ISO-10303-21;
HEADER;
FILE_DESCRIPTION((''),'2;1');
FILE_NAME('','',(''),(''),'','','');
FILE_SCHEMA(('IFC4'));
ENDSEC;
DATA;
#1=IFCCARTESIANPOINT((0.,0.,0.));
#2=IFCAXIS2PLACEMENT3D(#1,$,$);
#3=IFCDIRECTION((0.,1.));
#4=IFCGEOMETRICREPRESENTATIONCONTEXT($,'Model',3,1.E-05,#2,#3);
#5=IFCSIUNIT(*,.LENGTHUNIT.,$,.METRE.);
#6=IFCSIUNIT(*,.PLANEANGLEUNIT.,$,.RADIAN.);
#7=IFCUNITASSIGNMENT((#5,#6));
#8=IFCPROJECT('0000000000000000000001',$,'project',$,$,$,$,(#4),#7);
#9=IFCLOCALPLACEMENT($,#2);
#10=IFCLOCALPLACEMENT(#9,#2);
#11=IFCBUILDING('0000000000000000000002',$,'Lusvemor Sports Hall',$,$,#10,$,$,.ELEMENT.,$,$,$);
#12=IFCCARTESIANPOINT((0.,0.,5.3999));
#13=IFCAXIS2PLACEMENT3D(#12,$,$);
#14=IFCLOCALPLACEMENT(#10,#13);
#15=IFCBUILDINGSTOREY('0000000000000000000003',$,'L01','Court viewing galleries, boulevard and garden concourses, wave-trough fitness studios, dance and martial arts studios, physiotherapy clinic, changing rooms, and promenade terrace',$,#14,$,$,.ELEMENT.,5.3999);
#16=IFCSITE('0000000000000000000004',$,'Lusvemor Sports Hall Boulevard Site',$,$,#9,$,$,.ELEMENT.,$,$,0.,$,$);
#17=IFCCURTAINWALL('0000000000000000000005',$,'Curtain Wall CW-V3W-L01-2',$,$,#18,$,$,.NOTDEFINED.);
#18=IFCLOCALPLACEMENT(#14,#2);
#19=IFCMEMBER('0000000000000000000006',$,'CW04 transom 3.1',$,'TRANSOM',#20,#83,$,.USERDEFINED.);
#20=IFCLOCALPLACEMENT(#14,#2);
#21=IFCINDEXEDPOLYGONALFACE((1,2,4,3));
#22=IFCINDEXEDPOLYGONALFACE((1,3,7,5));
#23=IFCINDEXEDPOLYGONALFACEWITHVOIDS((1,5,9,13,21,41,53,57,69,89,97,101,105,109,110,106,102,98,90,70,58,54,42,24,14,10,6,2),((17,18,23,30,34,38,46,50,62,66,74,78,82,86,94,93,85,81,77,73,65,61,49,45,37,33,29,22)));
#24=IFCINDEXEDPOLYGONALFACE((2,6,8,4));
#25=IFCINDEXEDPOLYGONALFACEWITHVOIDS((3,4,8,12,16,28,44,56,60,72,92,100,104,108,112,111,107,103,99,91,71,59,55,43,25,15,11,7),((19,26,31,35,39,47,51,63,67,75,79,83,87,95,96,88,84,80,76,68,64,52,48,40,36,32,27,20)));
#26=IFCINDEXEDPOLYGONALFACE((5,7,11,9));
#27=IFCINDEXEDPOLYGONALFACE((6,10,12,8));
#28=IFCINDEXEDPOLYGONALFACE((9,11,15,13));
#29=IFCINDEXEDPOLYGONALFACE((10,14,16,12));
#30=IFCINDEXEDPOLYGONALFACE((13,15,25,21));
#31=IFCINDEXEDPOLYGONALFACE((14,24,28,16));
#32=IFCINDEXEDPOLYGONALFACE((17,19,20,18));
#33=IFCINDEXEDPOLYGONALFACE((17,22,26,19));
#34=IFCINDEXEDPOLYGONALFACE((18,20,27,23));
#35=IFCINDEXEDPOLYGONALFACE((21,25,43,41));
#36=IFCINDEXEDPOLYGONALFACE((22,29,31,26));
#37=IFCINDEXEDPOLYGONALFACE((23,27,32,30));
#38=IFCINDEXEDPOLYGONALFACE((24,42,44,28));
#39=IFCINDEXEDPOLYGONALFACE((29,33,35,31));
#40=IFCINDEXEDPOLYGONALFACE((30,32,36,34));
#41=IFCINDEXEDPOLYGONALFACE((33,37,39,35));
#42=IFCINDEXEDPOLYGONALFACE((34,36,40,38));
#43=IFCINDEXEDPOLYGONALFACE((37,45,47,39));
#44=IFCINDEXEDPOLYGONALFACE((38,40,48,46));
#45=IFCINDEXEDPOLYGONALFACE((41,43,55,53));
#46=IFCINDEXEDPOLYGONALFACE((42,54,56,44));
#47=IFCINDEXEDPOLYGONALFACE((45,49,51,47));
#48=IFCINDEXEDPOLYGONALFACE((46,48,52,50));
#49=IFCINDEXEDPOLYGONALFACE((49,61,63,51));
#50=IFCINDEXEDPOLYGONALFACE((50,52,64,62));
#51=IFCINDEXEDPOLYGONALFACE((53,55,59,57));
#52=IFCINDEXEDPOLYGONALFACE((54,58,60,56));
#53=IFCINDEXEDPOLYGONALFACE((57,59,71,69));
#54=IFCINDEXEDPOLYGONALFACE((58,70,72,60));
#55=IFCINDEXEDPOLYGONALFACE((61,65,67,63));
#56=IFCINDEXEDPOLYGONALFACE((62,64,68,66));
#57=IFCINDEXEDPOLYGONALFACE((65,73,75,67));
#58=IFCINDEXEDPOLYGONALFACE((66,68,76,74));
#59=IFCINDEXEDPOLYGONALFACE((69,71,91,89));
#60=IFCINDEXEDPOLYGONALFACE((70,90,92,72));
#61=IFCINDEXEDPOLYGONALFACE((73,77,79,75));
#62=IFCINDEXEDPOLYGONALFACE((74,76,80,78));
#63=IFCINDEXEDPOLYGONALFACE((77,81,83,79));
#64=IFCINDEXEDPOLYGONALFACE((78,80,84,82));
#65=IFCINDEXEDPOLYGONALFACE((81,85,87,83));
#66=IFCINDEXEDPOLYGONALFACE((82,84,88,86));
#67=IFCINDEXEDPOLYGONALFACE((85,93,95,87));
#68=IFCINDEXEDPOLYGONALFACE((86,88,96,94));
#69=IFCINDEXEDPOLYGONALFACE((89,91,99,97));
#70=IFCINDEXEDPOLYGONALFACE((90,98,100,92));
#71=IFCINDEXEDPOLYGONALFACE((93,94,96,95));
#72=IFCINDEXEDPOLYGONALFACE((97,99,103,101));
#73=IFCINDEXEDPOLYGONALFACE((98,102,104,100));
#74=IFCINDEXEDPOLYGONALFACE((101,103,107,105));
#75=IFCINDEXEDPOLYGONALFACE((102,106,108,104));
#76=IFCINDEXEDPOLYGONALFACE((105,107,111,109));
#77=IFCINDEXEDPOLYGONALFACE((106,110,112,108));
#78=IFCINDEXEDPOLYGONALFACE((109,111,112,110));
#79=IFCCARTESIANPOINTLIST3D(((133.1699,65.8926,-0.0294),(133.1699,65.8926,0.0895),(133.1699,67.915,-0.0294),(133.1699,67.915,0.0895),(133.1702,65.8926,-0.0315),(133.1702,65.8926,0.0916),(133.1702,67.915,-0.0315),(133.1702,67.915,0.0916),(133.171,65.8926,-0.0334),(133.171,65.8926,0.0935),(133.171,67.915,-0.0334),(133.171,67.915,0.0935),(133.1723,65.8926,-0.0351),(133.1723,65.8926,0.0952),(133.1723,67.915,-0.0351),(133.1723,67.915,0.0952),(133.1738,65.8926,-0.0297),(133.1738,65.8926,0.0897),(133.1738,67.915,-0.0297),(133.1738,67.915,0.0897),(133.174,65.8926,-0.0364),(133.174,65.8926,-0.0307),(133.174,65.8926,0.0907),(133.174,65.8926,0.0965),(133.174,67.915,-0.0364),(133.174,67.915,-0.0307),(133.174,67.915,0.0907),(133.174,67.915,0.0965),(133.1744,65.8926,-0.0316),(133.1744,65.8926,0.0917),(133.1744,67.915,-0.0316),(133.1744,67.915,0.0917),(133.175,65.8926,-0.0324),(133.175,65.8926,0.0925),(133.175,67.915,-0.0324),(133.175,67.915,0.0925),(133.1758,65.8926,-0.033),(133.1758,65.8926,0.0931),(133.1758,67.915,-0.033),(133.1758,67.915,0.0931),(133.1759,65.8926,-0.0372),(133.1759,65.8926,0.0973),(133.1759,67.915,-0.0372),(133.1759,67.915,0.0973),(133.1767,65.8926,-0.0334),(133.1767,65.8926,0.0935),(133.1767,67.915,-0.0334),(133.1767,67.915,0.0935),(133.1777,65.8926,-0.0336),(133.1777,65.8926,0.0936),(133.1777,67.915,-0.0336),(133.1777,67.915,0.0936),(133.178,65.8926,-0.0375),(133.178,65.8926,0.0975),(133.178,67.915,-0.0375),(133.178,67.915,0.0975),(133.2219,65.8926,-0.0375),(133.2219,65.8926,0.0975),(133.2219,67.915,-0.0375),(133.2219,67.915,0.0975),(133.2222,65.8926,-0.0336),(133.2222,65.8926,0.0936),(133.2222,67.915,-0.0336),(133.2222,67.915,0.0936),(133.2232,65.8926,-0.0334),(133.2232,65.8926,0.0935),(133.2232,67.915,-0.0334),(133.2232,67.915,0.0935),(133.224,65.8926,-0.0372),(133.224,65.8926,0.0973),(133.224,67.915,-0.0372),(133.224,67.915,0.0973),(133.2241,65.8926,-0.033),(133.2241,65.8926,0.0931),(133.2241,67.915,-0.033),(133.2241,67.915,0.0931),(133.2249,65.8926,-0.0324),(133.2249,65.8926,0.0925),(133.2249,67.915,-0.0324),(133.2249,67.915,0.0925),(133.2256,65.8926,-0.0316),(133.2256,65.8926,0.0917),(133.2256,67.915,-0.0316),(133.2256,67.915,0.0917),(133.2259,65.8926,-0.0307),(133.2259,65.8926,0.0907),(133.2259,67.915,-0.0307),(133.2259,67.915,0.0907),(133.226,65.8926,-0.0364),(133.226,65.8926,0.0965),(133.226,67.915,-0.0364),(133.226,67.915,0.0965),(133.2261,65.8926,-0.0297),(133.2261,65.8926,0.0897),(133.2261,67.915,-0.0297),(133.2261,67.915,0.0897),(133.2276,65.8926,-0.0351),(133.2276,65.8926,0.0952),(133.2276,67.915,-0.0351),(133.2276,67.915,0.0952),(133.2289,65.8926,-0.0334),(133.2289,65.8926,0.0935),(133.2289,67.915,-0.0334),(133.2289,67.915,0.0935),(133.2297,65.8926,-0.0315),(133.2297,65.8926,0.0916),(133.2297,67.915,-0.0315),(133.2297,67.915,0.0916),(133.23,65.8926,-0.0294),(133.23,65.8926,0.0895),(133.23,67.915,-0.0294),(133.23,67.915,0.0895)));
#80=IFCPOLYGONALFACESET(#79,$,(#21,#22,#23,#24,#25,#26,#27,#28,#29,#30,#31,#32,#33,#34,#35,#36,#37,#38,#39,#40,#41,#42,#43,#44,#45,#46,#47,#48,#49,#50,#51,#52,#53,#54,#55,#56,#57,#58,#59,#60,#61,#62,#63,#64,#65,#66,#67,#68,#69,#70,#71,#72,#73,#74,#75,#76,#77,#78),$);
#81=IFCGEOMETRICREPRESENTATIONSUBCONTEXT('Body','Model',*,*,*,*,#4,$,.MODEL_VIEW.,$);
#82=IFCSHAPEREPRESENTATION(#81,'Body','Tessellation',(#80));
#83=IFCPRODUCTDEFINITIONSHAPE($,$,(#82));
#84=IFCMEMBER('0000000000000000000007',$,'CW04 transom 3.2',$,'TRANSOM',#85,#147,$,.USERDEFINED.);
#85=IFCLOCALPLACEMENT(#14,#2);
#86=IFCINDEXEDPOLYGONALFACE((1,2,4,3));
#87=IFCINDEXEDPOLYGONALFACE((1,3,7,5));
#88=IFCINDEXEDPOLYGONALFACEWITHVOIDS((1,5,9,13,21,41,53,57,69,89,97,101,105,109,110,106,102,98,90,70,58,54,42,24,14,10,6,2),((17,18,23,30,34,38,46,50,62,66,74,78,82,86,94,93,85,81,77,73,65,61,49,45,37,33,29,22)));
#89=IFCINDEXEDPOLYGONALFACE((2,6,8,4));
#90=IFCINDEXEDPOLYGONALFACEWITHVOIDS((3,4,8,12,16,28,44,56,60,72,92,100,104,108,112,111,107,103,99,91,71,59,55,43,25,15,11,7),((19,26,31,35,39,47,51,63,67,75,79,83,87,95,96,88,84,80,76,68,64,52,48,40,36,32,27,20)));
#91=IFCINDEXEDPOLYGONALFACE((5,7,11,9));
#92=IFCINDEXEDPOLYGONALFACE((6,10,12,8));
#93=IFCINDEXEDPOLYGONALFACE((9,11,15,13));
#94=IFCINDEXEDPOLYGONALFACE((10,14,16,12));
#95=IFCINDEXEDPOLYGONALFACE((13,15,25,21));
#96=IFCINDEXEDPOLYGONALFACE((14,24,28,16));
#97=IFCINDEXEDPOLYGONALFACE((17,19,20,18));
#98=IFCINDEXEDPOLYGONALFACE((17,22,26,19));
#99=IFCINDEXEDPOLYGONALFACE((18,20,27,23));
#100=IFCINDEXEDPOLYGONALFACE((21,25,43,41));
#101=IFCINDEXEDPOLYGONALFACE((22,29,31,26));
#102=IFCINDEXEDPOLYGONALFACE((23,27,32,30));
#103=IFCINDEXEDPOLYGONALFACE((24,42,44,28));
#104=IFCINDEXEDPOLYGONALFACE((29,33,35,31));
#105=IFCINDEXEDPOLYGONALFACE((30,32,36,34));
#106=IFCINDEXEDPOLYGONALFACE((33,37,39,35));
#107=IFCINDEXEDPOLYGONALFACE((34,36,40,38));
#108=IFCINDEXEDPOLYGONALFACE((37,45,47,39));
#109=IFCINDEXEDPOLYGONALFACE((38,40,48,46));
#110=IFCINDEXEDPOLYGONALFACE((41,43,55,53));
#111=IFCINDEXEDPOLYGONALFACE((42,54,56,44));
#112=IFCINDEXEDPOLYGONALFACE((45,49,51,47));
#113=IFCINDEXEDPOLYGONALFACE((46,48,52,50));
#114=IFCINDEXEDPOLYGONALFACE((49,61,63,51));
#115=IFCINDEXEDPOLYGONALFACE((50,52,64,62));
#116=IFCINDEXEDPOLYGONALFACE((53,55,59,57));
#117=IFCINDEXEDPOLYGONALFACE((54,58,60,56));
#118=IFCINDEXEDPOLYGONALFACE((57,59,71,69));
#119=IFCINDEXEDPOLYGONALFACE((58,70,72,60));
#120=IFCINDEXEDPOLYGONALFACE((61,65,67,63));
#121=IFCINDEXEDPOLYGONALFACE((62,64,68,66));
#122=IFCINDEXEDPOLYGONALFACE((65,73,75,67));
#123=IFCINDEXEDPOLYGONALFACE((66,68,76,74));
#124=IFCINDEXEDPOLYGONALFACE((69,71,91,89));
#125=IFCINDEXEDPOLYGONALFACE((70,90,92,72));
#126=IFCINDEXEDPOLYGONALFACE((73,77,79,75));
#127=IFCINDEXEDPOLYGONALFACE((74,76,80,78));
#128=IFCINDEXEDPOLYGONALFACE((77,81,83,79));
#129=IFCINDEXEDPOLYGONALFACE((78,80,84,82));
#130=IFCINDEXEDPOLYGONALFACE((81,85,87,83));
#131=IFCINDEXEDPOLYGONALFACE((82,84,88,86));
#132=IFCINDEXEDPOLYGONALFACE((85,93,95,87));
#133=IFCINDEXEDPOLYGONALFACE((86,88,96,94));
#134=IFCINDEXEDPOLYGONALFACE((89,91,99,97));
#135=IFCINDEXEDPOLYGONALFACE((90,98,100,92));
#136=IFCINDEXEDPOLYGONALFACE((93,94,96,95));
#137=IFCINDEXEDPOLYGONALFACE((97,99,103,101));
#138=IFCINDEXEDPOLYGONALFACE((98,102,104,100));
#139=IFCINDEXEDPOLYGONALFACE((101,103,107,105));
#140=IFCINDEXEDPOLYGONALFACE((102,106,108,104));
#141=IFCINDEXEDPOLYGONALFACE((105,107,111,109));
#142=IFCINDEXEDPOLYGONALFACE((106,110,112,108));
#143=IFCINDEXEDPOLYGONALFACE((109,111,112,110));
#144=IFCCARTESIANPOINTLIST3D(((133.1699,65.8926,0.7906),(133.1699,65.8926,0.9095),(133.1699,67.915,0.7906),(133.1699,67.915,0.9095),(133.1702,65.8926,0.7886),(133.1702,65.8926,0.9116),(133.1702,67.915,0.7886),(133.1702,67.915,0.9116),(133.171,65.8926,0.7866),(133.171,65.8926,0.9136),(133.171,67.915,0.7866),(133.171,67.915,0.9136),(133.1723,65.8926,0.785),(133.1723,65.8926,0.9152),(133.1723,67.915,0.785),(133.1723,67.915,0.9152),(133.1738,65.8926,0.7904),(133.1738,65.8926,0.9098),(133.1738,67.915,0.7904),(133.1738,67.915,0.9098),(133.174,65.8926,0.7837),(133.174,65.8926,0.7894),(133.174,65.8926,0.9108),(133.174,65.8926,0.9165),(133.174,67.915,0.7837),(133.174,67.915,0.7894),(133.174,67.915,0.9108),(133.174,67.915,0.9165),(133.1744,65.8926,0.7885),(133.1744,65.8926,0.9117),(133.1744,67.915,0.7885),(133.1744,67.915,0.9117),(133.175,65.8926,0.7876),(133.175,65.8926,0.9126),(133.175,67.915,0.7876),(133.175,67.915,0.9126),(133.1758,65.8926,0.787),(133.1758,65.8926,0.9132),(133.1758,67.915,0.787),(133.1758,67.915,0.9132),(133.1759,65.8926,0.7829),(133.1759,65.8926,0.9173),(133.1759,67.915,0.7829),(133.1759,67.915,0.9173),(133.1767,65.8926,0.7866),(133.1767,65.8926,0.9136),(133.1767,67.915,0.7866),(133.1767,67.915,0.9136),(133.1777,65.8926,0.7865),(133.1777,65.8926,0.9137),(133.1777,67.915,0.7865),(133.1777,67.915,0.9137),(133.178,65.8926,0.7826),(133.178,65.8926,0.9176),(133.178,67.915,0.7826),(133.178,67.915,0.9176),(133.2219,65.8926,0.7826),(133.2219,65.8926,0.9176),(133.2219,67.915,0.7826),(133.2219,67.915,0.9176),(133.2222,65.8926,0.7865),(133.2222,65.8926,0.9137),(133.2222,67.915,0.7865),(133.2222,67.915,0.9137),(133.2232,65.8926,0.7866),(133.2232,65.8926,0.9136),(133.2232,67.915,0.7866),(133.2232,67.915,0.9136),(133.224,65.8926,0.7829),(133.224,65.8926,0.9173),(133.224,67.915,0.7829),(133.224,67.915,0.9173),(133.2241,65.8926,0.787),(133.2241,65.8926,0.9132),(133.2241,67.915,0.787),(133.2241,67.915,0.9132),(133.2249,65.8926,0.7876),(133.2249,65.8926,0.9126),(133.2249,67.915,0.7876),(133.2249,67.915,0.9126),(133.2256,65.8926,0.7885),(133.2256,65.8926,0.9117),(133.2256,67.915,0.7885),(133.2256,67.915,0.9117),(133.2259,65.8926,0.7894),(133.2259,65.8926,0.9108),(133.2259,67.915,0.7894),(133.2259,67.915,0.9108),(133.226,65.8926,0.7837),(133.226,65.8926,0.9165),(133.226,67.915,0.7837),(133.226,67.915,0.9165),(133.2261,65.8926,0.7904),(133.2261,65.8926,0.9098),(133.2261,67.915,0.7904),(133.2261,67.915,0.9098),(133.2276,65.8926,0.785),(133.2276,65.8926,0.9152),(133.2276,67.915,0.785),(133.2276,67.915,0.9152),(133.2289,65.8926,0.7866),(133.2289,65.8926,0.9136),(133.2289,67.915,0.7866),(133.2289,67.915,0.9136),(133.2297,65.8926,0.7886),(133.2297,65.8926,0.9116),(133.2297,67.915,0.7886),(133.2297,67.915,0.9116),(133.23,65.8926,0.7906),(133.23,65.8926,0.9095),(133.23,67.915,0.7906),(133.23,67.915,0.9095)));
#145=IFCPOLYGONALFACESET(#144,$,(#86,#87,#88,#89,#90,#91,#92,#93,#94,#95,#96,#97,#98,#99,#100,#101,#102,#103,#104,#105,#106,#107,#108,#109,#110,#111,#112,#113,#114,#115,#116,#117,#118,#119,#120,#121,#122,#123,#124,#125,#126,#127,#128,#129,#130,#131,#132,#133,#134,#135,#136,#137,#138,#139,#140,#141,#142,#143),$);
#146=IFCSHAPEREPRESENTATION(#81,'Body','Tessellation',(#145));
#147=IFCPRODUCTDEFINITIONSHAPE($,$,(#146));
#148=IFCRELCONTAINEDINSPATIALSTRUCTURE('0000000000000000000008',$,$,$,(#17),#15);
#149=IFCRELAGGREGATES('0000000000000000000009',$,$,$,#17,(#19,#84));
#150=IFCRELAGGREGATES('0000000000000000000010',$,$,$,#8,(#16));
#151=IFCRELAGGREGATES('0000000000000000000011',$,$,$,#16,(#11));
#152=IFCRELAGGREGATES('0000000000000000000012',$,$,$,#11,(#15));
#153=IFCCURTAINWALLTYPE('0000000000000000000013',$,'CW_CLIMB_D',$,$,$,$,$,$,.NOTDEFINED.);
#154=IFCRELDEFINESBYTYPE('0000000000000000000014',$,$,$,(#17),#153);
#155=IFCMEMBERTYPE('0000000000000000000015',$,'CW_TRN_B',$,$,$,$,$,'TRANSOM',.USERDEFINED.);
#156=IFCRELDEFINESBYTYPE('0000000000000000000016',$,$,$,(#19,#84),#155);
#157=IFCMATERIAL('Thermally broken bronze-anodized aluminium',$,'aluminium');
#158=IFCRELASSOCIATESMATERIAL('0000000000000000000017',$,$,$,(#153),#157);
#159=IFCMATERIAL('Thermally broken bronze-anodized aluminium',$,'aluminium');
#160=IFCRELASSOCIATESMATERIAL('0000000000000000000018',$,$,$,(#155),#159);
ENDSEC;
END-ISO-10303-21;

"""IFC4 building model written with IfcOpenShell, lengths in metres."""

from ifc_helpers import new_model, si_unit, direction, frame, origin, origin_2d, place, context, subcontext, project, spatial, hollow_rectangle, extrude, material, material_profile, profile_set, type_object, element, aggregate, save


model = new_model("IFC4")

# Units and contexts
model_context = context("Model", 3, precision=1e-05, world=origin(), true_north=direction((0.0, 1.0)))
body_context = subcontext(model_context, "Body", "Model", "MODEL_VIEW")
ifc_project = project(units=[si_unit("LENGTHUNIT", "METRE"), si_unit("PLANEANGLEUNIT", "RADIAN")], contexts=[model_context])

# Site, building, storey
site_placement = place(None, origin())
site = spatial("IfcSite", under=ifc_project, at=site_placement, Name="Lusvemor Sports Hall Boulevard Site", CompositionType="ELEMENT", RefElevation=0.0)
building_placement = place(site_placement, origin())
building = spatial("IfcBuilding", under=site, at=building_placement, Name="Lusvemor Sports Hall", CompositionType="ELEMENT")
storey_placement = place(building_placement, frame((0.0, 0.0, 5.3999)))
storey = spatial("IfcBuildingStorey", under=building, at=storey_placement, Name="L01", Description="Court viewing galleries, boulevard and garden concourses, wave-trough fitness studios, dance and martial arts studios, physiotherapy clinic, changing rooms, and promenade terrace", CompositionType="ELEMENT", Elevation=5.3999)

# Shared definitions
ifc_material_1 = material(Name="Thermally broken bronze-anodized aluminium", Category="aluminium")
curtain_wall_type = type_object("IfcCurtainWallType", Name="CW_CLIMB_D", PredefinedType="NOTDEFINED", material=ifc_material_1)

# Curtain wall, members
curtain_wall_1_placement = place(storey_placement, origin())
curtain_wall_1 = element("IfcCurtainWall", 1, at=curtain_wall_1_placement, inside=storey, type_object=curtain_wall_type, Name="Curtain Wall CW-V3W-L01-2", PredefinedType="NOTDEFINED")
ifc_material_2 = material(Name="Thermally broken bronze-anodized aluminium", Category="aluminium")
ifc_material_profile_1 = material_profile(ifc_material_2, hollow_rectangle(XDim=0.0601, YDim=0.135, WallThickness=0.0039, InnerFilletRadius=0.0039, OuterFilletRadius=0.0081, at=origin_2d()), Name="CWTRN135x60x4")
ifc_profile_set_1 = profile_set([ifc_material_profile_1], Name="Thermally broken bronze-anodized aluminium")
member_type_1 = type_object("IfcMemberType", Name="CW_TRN_B", ElementType="TRANSOM", PredefinedType="USERDEFINED", material=ifc_profile_set_1)
member_1_placement = place(storey_placement, frame((133.2, 65.8926, 0.03), z_axis=(0.0, 1.0, 0.0), x_axis=(-1.0, 0.0, 0.0)))
member_1 = element("IfcMember", 2, at=member_1_placement, type_object=member_type_1, Name="CW04 transom 3.1", ObjectType="TRANSOM", PredefinedType="USERDEFINED", context=body_context, shape_type="SweptSolid", body=[
    extrude(hollow_rectangle(XDim=0.0601, YDim=0.135, WallThickness=0.0039, InnerFilletRadius=0.0039, OuterFilletRadius=0.0081, at=origin_2d()), origin(), (0.0, 0.0, 1.0), 2.0225),
])
member_2_placement = place(storey_placement, frame((133.2, 65.8926, 0.8501), z_axis=(0.0, 1.0, 0.0), x_axis=(-1.0, 0.0, 0.0)))
member_2 = element("IfcMember", 3, at=member_2_placement, type_object=member_type_1, Name="CW04 transom 3.2", ObjectType="TRANSOM", PredefinedType="USERDEFINED", context=body_context, shape_type="SweptSolid", body=[
    extrude(hollow_rectangle(XDim=0.0601, YDim=0.135, WallThickness=0.0039, InnerFilletRadius=0.0039, OuterFilletRadius=0.0081, at=origin_2d()), origin(), (0.0, 0.0, 1.0), 2.0225),
])

aggregate(curtain_wall_1, [member_1, member_2])

save(model, "model.ifc")
